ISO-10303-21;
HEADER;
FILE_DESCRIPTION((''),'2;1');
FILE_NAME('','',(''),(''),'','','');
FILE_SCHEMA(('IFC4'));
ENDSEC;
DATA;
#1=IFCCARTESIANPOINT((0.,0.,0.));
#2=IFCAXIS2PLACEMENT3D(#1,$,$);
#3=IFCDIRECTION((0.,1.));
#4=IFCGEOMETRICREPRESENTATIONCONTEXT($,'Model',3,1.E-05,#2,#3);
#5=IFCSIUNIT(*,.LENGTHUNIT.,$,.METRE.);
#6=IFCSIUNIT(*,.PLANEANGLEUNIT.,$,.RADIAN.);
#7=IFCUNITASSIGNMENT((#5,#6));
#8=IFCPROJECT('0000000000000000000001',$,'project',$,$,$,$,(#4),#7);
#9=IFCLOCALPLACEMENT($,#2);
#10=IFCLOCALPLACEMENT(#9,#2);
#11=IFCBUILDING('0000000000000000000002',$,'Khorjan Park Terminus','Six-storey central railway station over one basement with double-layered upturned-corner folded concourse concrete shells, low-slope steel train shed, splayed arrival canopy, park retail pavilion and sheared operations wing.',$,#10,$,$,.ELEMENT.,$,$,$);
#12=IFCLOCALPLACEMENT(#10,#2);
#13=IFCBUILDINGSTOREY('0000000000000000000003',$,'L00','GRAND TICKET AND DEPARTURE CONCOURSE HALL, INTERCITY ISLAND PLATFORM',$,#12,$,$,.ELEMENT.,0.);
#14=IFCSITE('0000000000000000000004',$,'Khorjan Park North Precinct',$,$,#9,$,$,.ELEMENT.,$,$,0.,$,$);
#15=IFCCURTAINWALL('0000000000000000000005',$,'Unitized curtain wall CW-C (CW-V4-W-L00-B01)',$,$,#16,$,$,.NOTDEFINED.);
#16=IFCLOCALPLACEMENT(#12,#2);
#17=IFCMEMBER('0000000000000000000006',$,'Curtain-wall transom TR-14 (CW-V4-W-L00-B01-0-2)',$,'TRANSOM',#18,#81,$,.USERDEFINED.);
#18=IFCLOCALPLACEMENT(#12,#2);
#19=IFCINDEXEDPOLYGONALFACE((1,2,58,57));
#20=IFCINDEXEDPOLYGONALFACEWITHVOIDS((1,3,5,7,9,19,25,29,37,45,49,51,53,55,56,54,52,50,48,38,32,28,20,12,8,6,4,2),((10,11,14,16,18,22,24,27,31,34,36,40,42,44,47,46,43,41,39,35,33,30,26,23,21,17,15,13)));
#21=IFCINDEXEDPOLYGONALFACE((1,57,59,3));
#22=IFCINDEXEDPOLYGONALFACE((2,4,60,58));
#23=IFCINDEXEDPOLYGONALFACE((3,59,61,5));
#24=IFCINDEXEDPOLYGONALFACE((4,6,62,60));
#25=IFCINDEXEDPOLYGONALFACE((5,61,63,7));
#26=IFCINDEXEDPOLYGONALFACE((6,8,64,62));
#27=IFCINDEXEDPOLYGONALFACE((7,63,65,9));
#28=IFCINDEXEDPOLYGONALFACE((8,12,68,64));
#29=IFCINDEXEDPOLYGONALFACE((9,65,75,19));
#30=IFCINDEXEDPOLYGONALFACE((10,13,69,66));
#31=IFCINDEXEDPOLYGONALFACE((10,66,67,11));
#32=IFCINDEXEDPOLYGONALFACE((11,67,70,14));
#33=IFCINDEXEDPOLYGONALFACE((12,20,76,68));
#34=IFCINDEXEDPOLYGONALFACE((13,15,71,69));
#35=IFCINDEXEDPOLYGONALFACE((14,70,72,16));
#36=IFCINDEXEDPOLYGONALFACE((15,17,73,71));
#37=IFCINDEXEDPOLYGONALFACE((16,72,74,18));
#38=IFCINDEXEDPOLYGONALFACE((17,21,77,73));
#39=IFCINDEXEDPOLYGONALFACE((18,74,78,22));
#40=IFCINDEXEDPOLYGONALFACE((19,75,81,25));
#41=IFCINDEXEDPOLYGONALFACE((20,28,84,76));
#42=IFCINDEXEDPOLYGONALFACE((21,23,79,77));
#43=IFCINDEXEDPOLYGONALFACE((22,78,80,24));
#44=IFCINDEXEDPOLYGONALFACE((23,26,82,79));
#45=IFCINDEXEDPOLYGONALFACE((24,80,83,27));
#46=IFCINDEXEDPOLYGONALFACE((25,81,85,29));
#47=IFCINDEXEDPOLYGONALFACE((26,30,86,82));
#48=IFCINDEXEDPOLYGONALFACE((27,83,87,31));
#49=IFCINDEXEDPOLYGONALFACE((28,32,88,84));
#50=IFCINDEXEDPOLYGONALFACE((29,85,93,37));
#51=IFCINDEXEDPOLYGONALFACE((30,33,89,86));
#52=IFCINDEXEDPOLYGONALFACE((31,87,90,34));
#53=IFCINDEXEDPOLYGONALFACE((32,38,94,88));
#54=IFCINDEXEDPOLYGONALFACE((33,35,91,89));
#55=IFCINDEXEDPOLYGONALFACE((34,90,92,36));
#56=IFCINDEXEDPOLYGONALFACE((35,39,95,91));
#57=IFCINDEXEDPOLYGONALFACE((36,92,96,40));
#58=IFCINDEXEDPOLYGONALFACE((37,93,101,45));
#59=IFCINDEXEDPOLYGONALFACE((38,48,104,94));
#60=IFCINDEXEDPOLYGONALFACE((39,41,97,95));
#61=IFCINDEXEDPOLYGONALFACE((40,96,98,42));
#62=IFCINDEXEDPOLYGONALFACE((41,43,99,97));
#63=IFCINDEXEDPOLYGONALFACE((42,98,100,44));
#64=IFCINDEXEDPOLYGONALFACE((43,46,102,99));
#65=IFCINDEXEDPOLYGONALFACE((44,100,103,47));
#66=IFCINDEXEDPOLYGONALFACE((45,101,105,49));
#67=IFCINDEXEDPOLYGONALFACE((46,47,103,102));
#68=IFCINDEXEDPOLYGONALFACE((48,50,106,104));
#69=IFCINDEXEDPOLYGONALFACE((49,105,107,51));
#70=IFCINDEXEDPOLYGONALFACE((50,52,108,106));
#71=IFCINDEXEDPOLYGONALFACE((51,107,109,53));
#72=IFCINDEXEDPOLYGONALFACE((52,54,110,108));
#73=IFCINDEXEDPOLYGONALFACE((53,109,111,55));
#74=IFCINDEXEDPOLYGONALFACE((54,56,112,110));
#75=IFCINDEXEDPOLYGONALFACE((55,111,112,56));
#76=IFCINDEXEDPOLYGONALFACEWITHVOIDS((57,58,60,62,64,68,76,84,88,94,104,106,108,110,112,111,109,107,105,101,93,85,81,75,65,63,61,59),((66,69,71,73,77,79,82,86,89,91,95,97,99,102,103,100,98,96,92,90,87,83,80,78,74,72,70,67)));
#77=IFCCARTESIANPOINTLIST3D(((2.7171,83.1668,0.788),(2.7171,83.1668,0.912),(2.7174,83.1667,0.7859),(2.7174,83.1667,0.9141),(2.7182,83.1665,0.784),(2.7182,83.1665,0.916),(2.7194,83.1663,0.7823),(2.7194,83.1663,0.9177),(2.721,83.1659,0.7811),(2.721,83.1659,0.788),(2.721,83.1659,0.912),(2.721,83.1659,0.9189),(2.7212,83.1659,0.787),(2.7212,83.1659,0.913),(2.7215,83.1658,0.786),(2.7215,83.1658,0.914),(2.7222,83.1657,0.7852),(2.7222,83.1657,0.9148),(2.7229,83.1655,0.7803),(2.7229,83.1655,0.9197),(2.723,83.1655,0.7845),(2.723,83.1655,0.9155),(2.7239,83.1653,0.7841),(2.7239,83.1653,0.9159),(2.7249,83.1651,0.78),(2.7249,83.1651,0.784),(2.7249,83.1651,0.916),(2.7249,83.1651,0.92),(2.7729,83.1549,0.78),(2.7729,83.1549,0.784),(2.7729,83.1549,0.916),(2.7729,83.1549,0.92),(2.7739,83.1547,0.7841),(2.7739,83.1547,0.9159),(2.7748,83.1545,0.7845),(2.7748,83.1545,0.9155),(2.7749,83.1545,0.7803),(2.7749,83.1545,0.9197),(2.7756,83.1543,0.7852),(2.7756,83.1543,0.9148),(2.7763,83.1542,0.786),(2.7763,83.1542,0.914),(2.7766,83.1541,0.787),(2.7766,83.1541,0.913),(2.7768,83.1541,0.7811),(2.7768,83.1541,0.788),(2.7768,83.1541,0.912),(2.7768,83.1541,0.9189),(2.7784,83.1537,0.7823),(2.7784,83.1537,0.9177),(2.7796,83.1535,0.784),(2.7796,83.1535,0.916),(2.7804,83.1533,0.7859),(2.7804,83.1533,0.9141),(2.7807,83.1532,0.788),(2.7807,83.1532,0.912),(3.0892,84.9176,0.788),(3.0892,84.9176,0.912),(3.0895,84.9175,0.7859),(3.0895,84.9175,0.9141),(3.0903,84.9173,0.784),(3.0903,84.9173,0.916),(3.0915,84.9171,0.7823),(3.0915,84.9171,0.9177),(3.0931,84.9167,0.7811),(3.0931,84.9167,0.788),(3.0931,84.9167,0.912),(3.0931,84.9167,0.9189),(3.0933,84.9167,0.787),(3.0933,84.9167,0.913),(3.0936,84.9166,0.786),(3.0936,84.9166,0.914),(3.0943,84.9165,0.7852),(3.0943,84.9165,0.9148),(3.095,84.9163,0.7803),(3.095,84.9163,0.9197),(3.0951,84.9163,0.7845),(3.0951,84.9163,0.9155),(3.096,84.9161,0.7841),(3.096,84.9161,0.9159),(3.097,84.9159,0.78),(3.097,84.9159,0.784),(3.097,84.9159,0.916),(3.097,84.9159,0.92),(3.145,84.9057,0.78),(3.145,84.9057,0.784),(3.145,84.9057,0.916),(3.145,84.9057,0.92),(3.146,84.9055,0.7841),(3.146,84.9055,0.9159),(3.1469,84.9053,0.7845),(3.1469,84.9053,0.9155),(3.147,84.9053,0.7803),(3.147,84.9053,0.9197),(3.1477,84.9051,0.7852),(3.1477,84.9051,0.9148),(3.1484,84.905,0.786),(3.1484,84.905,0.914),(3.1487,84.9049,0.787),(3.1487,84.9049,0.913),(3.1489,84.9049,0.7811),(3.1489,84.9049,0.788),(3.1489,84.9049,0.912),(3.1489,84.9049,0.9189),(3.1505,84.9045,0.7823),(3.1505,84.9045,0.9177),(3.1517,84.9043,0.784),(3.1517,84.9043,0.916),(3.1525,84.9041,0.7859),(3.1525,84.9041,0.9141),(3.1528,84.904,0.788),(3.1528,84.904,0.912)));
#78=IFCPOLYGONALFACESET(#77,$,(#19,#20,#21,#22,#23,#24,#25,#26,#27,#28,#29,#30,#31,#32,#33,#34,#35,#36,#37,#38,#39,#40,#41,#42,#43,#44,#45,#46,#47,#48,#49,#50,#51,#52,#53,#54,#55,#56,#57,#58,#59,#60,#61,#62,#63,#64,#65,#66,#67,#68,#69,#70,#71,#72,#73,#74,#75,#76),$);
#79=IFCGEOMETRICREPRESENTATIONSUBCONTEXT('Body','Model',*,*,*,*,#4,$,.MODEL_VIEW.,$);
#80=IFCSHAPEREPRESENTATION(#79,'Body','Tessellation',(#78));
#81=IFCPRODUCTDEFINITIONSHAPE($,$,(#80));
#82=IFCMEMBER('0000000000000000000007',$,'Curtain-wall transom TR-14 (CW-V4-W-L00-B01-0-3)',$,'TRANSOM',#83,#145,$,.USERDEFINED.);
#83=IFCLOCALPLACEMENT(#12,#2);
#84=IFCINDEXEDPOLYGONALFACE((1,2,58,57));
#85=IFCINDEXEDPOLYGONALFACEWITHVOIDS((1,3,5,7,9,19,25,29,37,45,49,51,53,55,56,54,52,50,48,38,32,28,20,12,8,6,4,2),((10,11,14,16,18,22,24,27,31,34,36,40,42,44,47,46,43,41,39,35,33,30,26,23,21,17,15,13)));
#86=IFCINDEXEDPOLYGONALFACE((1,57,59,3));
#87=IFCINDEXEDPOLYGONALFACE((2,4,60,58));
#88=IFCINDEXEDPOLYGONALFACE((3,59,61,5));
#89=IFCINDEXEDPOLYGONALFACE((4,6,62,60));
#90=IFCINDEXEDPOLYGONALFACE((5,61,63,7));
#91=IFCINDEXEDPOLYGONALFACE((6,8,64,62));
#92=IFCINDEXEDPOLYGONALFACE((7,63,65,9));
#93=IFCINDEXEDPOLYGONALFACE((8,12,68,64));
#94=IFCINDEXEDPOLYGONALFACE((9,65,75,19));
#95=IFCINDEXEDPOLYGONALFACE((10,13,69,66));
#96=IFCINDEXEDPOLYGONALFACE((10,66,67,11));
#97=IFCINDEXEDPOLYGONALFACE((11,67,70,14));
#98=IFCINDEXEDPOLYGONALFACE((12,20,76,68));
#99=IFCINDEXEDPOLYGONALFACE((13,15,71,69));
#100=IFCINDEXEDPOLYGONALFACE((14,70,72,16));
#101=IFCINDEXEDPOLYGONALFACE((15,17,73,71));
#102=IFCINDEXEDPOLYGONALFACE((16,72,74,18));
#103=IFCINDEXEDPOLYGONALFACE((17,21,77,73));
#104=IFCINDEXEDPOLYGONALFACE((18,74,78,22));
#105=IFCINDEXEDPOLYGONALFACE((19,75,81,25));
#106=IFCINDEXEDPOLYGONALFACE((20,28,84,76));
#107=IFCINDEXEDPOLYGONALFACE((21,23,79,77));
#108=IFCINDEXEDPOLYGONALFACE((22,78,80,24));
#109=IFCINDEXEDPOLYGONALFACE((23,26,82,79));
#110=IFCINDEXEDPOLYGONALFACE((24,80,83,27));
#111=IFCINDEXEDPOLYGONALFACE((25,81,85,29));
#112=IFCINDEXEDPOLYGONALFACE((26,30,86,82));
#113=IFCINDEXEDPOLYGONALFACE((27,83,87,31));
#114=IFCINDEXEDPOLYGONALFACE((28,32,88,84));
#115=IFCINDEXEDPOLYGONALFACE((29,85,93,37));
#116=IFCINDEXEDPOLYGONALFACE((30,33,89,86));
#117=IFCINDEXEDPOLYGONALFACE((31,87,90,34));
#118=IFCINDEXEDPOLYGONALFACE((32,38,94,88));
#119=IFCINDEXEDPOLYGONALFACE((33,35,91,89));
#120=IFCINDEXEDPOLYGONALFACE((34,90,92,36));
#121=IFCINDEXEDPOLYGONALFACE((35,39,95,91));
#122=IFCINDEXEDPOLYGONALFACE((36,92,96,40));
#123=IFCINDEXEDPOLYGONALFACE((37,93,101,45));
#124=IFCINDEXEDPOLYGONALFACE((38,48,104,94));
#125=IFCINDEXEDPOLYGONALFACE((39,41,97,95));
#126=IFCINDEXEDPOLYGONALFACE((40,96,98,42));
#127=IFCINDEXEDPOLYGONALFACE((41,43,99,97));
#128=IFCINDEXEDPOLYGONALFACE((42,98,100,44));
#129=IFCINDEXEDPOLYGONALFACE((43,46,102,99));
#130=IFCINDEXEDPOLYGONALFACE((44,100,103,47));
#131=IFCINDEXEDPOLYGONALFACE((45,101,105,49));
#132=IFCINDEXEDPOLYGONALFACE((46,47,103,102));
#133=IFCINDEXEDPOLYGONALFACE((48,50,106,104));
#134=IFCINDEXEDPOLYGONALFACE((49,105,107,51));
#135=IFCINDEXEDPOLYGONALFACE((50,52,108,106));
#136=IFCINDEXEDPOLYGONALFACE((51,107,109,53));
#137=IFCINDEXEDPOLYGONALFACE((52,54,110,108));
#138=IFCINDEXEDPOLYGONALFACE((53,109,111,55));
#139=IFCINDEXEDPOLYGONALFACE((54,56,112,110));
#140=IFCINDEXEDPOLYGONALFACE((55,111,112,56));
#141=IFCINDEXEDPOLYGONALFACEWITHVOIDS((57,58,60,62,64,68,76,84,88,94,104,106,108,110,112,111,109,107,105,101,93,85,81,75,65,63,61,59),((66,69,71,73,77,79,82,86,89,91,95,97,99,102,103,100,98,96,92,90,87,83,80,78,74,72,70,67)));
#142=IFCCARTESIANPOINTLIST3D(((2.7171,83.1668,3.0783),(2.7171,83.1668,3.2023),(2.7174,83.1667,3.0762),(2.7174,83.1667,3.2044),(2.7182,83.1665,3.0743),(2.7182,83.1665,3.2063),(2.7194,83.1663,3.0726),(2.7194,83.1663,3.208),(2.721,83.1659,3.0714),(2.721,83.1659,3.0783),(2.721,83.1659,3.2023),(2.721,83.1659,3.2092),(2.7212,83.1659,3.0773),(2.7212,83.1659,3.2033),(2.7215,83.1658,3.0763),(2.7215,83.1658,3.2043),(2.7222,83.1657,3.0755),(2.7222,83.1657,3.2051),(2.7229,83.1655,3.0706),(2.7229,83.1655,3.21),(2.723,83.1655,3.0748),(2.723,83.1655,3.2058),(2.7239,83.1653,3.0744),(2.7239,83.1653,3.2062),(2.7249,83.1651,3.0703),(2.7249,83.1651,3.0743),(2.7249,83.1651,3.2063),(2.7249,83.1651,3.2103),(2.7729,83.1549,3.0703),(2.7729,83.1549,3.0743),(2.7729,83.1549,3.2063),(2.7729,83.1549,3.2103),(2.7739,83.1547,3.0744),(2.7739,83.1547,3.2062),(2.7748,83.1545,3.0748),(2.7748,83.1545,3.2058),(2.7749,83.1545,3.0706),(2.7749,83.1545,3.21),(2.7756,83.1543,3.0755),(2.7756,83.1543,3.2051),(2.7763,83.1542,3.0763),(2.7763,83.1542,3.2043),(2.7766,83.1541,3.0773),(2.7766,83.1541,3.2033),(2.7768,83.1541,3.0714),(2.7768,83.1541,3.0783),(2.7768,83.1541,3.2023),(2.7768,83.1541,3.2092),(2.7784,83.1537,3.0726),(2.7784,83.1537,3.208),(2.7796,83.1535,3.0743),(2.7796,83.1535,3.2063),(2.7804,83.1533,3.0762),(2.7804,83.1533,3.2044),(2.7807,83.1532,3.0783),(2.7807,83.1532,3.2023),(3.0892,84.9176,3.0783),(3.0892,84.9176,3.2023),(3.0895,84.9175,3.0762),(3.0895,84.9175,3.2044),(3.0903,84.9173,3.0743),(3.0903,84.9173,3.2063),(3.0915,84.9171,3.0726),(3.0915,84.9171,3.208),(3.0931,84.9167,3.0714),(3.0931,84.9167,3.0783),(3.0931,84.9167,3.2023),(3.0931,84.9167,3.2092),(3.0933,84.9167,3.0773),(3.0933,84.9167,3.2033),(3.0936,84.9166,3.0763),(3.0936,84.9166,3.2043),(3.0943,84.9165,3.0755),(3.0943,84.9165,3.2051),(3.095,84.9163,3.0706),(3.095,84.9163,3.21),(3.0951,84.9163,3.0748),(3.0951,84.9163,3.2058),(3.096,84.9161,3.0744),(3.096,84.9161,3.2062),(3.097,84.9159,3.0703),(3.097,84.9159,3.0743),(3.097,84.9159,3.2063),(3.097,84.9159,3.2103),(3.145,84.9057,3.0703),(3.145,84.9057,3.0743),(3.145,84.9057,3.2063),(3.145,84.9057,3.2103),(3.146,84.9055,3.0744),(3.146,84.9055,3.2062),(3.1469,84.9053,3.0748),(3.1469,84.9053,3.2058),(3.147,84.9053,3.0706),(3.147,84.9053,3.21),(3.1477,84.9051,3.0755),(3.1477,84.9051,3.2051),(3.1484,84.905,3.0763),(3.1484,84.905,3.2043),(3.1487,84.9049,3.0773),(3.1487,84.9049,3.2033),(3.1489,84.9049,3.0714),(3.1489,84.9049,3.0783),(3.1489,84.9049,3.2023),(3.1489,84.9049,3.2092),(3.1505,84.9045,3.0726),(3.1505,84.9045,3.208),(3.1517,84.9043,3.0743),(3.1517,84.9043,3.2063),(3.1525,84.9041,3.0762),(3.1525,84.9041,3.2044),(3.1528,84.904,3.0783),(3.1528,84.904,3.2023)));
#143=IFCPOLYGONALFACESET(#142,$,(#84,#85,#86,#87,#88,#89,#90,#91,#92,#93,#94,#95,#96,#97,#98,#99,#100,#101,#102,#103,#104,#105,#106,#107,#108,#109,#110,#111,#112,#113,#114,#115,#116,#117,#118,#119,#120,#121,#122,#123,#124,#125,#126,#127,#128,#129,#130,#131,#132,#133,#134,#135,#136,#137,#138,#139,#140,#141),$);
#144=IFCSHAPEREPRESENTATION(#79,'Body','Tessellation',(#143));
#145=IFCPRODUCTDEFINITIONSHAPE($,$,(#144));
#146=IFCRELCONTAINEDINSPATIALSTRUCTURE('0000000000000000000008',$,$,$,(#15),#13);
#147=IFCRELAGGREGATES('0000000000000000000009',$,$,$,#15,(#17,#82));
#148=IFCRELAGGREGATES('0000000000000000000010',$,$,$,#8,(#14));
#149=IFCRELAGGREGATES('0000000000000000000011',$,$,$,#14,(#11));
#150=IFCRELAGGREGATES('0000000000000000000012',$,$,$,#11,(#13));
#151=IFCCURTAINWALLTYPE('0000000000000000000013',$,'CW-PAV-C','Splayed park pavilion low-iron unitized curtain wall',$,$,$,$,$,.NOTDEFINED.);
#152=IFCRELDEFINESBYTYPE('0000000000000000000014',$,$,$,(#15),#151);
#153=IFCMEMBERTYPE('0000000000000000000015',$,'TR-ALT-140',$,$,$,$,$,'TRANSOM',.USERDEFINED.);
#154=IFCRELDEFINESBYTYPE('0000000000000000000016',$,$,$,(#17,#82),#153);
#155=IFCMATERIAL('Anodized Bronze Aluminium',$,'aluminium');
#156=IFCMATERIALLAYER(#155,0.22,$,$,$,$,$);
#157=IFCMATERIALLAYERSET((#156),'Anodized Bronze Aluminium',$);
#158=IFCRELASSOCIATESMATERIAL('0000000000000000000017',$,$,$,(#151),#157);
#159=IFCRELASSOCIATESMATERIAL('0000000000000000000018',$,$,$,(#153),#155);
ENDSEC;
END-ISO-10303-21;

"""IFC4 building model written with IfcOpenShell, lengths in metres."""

from ifc_helpers import new_model, si_unit, direction, frame, origin, origin_2d, place, context, subcontext, project, spatial, hollow_rectangle, extrude, material, layer, layer_set, material_profile, profile_set, type_object, element, aggregate, save


model = new_model("IFC4")

# Units and contexts
model_context = context("Model", 3, precision=1e-05, world=origin(), true_north=direction((0.0, 1.0)))
body_context = subcontext(model_context, "Body", "Model", "MODEL_VIEW")
ifc_project = project(units=[si_unit("LENGTHUNIT", "METRE"), si_unit("PLANEANGLEUNIT", "RADIAN")], contexts=[model_context])

# Site, building, storey
site_placement = place(None, origin())
site = spatial("IfcSite", under=ifc_project, at=site_placement, Name="Khorjan Park North Precinct", CompositionType="ELEMENT", RefElevation=0.0)
building_placement = place(site_placement, origin())
building = spatial("IfcBuilding", under=site, at=building_placement, Name="Khorjan Park Terminus", Description="Six-storey central railway station over one basement with double-layered upturned-corner folded concourse concrete shells, low-slope steel train shed, splayed arrival canopy, park retail pavilion and sheared operations wing.", CompositionType="ELEMENT")
storey_placement = place(building_placement, origin())
storey = spatial("IfcBuildingStorey", under=building, at=storey_placement, Name="L00", Description="GRAND TICKET AND DEPARTURE CONCOURSE HALL, INTERCITY ISLAND PLATFORM", CompositionType="ELEMENT", Elevation=0.0)

# Shared definitions
ifc_material_1 = material(Name="Anodized Bronze Aluminium", Category="aluminium")
ifc_layer_1 = layer(ifc_material_1, 0.22)
ifc_layer_set_1 = layer_set([ifc_layer_1], Name="Anodized Bronze Aluminium")
curtain_wall_type = type_object("IfcCurtainWallType", Name="CW-PAV-C", Description="Splayed park pavilion low-iron unitized curtain wall", PredefinedType="NOTDEFINED", material=ifc_layer_set_1)

# Curtain wall
curtain_wall_1_placement = place(storey_placement, origin())
curtain_wall_1 = element("IfcCurtainWall", 1, at=curtain_wall_1_placement, inside=storey, type_object=curtain_wall_type, Name="Unitized curtain wall CW-C (CW-V4-W-L00-B01)", PredefinedType="NOTDEFINED")

# Members
ifc_material_profile_1 = material_profile(ifc_material_1, hollow_rectangle(XDim=0.065, YDim=0.14, WallThickness=0.004, InnerFilletRadius=0.004, OuterFilletRadius=0.008, at=origin_2d()), Name="ALT 65x140x4")
ifc_profile_set_1 = profile_set([ifc_material_profile_1], Name="Anodized Bronze Aluminium")
member_type_1 = type_object("IfcMemberType", Name="TR-ALT-140", ElementType="TRANSOM", PredefinedType="USERDEFINED", material=ifc_profile_set_1)
member_1_placement = place(storey_placement, frame((3.121, 84.9108, 0.85), z_axis=(-0.207888, -0.978153, 0.0), x_axis=(0.978153, -0.207888, 0.0)))
member_1 = element("IfcMember", 2, at=member_1_placement, type_object=member_type_1, Name="Curtain-wall transom TR-14 (CW-V4-W-L00-B01-0-2)", ObjectType="TRANSOM", PredefinedType="USERDEFINED", context=body_context, shape_type="SweptSolid", body=[
    extrude(hollow_rectangle(XDim=0.065, YDim=0.14, WallThickness=0.004, InnerFilletRadius=0.004, OuterFilletRadius=0.008, at=origin_2d()), origin(), (0.0, 0.0, 1.0), 1.7899),
])
member_2_placement = place(storey_placement, frame((3.121, 84.9108, 3.1403), z_axis=(-0.207888, -0.978153, 0.0), x_axis=(0.978153, -0.207888, 0.0)))
member_2 = element("IfcMember", 3, at=member_2_placement, type_object=member_type_1, Name="Curtain-wall transom TR-14 (CW-V4-W-L00-B01-0-3)", ObjectType="TRANSOM", PredefinedType="USERDEFINED", context=body_context, shape_type="SweptSolid", body=[
    extrude(hollow_rectangle(XDim=0.065, YDim=0.14, WallThickness=0.004, InnerFilletRadius=0.004, OuterFilletRadius=0.008, at=origin_2d()), origin(), (0.0, 0.0, 1.0), 1.7899),
])
aggregate(curtain_wall_1, [member_1, member_2])

save(model, "model.ifc")
